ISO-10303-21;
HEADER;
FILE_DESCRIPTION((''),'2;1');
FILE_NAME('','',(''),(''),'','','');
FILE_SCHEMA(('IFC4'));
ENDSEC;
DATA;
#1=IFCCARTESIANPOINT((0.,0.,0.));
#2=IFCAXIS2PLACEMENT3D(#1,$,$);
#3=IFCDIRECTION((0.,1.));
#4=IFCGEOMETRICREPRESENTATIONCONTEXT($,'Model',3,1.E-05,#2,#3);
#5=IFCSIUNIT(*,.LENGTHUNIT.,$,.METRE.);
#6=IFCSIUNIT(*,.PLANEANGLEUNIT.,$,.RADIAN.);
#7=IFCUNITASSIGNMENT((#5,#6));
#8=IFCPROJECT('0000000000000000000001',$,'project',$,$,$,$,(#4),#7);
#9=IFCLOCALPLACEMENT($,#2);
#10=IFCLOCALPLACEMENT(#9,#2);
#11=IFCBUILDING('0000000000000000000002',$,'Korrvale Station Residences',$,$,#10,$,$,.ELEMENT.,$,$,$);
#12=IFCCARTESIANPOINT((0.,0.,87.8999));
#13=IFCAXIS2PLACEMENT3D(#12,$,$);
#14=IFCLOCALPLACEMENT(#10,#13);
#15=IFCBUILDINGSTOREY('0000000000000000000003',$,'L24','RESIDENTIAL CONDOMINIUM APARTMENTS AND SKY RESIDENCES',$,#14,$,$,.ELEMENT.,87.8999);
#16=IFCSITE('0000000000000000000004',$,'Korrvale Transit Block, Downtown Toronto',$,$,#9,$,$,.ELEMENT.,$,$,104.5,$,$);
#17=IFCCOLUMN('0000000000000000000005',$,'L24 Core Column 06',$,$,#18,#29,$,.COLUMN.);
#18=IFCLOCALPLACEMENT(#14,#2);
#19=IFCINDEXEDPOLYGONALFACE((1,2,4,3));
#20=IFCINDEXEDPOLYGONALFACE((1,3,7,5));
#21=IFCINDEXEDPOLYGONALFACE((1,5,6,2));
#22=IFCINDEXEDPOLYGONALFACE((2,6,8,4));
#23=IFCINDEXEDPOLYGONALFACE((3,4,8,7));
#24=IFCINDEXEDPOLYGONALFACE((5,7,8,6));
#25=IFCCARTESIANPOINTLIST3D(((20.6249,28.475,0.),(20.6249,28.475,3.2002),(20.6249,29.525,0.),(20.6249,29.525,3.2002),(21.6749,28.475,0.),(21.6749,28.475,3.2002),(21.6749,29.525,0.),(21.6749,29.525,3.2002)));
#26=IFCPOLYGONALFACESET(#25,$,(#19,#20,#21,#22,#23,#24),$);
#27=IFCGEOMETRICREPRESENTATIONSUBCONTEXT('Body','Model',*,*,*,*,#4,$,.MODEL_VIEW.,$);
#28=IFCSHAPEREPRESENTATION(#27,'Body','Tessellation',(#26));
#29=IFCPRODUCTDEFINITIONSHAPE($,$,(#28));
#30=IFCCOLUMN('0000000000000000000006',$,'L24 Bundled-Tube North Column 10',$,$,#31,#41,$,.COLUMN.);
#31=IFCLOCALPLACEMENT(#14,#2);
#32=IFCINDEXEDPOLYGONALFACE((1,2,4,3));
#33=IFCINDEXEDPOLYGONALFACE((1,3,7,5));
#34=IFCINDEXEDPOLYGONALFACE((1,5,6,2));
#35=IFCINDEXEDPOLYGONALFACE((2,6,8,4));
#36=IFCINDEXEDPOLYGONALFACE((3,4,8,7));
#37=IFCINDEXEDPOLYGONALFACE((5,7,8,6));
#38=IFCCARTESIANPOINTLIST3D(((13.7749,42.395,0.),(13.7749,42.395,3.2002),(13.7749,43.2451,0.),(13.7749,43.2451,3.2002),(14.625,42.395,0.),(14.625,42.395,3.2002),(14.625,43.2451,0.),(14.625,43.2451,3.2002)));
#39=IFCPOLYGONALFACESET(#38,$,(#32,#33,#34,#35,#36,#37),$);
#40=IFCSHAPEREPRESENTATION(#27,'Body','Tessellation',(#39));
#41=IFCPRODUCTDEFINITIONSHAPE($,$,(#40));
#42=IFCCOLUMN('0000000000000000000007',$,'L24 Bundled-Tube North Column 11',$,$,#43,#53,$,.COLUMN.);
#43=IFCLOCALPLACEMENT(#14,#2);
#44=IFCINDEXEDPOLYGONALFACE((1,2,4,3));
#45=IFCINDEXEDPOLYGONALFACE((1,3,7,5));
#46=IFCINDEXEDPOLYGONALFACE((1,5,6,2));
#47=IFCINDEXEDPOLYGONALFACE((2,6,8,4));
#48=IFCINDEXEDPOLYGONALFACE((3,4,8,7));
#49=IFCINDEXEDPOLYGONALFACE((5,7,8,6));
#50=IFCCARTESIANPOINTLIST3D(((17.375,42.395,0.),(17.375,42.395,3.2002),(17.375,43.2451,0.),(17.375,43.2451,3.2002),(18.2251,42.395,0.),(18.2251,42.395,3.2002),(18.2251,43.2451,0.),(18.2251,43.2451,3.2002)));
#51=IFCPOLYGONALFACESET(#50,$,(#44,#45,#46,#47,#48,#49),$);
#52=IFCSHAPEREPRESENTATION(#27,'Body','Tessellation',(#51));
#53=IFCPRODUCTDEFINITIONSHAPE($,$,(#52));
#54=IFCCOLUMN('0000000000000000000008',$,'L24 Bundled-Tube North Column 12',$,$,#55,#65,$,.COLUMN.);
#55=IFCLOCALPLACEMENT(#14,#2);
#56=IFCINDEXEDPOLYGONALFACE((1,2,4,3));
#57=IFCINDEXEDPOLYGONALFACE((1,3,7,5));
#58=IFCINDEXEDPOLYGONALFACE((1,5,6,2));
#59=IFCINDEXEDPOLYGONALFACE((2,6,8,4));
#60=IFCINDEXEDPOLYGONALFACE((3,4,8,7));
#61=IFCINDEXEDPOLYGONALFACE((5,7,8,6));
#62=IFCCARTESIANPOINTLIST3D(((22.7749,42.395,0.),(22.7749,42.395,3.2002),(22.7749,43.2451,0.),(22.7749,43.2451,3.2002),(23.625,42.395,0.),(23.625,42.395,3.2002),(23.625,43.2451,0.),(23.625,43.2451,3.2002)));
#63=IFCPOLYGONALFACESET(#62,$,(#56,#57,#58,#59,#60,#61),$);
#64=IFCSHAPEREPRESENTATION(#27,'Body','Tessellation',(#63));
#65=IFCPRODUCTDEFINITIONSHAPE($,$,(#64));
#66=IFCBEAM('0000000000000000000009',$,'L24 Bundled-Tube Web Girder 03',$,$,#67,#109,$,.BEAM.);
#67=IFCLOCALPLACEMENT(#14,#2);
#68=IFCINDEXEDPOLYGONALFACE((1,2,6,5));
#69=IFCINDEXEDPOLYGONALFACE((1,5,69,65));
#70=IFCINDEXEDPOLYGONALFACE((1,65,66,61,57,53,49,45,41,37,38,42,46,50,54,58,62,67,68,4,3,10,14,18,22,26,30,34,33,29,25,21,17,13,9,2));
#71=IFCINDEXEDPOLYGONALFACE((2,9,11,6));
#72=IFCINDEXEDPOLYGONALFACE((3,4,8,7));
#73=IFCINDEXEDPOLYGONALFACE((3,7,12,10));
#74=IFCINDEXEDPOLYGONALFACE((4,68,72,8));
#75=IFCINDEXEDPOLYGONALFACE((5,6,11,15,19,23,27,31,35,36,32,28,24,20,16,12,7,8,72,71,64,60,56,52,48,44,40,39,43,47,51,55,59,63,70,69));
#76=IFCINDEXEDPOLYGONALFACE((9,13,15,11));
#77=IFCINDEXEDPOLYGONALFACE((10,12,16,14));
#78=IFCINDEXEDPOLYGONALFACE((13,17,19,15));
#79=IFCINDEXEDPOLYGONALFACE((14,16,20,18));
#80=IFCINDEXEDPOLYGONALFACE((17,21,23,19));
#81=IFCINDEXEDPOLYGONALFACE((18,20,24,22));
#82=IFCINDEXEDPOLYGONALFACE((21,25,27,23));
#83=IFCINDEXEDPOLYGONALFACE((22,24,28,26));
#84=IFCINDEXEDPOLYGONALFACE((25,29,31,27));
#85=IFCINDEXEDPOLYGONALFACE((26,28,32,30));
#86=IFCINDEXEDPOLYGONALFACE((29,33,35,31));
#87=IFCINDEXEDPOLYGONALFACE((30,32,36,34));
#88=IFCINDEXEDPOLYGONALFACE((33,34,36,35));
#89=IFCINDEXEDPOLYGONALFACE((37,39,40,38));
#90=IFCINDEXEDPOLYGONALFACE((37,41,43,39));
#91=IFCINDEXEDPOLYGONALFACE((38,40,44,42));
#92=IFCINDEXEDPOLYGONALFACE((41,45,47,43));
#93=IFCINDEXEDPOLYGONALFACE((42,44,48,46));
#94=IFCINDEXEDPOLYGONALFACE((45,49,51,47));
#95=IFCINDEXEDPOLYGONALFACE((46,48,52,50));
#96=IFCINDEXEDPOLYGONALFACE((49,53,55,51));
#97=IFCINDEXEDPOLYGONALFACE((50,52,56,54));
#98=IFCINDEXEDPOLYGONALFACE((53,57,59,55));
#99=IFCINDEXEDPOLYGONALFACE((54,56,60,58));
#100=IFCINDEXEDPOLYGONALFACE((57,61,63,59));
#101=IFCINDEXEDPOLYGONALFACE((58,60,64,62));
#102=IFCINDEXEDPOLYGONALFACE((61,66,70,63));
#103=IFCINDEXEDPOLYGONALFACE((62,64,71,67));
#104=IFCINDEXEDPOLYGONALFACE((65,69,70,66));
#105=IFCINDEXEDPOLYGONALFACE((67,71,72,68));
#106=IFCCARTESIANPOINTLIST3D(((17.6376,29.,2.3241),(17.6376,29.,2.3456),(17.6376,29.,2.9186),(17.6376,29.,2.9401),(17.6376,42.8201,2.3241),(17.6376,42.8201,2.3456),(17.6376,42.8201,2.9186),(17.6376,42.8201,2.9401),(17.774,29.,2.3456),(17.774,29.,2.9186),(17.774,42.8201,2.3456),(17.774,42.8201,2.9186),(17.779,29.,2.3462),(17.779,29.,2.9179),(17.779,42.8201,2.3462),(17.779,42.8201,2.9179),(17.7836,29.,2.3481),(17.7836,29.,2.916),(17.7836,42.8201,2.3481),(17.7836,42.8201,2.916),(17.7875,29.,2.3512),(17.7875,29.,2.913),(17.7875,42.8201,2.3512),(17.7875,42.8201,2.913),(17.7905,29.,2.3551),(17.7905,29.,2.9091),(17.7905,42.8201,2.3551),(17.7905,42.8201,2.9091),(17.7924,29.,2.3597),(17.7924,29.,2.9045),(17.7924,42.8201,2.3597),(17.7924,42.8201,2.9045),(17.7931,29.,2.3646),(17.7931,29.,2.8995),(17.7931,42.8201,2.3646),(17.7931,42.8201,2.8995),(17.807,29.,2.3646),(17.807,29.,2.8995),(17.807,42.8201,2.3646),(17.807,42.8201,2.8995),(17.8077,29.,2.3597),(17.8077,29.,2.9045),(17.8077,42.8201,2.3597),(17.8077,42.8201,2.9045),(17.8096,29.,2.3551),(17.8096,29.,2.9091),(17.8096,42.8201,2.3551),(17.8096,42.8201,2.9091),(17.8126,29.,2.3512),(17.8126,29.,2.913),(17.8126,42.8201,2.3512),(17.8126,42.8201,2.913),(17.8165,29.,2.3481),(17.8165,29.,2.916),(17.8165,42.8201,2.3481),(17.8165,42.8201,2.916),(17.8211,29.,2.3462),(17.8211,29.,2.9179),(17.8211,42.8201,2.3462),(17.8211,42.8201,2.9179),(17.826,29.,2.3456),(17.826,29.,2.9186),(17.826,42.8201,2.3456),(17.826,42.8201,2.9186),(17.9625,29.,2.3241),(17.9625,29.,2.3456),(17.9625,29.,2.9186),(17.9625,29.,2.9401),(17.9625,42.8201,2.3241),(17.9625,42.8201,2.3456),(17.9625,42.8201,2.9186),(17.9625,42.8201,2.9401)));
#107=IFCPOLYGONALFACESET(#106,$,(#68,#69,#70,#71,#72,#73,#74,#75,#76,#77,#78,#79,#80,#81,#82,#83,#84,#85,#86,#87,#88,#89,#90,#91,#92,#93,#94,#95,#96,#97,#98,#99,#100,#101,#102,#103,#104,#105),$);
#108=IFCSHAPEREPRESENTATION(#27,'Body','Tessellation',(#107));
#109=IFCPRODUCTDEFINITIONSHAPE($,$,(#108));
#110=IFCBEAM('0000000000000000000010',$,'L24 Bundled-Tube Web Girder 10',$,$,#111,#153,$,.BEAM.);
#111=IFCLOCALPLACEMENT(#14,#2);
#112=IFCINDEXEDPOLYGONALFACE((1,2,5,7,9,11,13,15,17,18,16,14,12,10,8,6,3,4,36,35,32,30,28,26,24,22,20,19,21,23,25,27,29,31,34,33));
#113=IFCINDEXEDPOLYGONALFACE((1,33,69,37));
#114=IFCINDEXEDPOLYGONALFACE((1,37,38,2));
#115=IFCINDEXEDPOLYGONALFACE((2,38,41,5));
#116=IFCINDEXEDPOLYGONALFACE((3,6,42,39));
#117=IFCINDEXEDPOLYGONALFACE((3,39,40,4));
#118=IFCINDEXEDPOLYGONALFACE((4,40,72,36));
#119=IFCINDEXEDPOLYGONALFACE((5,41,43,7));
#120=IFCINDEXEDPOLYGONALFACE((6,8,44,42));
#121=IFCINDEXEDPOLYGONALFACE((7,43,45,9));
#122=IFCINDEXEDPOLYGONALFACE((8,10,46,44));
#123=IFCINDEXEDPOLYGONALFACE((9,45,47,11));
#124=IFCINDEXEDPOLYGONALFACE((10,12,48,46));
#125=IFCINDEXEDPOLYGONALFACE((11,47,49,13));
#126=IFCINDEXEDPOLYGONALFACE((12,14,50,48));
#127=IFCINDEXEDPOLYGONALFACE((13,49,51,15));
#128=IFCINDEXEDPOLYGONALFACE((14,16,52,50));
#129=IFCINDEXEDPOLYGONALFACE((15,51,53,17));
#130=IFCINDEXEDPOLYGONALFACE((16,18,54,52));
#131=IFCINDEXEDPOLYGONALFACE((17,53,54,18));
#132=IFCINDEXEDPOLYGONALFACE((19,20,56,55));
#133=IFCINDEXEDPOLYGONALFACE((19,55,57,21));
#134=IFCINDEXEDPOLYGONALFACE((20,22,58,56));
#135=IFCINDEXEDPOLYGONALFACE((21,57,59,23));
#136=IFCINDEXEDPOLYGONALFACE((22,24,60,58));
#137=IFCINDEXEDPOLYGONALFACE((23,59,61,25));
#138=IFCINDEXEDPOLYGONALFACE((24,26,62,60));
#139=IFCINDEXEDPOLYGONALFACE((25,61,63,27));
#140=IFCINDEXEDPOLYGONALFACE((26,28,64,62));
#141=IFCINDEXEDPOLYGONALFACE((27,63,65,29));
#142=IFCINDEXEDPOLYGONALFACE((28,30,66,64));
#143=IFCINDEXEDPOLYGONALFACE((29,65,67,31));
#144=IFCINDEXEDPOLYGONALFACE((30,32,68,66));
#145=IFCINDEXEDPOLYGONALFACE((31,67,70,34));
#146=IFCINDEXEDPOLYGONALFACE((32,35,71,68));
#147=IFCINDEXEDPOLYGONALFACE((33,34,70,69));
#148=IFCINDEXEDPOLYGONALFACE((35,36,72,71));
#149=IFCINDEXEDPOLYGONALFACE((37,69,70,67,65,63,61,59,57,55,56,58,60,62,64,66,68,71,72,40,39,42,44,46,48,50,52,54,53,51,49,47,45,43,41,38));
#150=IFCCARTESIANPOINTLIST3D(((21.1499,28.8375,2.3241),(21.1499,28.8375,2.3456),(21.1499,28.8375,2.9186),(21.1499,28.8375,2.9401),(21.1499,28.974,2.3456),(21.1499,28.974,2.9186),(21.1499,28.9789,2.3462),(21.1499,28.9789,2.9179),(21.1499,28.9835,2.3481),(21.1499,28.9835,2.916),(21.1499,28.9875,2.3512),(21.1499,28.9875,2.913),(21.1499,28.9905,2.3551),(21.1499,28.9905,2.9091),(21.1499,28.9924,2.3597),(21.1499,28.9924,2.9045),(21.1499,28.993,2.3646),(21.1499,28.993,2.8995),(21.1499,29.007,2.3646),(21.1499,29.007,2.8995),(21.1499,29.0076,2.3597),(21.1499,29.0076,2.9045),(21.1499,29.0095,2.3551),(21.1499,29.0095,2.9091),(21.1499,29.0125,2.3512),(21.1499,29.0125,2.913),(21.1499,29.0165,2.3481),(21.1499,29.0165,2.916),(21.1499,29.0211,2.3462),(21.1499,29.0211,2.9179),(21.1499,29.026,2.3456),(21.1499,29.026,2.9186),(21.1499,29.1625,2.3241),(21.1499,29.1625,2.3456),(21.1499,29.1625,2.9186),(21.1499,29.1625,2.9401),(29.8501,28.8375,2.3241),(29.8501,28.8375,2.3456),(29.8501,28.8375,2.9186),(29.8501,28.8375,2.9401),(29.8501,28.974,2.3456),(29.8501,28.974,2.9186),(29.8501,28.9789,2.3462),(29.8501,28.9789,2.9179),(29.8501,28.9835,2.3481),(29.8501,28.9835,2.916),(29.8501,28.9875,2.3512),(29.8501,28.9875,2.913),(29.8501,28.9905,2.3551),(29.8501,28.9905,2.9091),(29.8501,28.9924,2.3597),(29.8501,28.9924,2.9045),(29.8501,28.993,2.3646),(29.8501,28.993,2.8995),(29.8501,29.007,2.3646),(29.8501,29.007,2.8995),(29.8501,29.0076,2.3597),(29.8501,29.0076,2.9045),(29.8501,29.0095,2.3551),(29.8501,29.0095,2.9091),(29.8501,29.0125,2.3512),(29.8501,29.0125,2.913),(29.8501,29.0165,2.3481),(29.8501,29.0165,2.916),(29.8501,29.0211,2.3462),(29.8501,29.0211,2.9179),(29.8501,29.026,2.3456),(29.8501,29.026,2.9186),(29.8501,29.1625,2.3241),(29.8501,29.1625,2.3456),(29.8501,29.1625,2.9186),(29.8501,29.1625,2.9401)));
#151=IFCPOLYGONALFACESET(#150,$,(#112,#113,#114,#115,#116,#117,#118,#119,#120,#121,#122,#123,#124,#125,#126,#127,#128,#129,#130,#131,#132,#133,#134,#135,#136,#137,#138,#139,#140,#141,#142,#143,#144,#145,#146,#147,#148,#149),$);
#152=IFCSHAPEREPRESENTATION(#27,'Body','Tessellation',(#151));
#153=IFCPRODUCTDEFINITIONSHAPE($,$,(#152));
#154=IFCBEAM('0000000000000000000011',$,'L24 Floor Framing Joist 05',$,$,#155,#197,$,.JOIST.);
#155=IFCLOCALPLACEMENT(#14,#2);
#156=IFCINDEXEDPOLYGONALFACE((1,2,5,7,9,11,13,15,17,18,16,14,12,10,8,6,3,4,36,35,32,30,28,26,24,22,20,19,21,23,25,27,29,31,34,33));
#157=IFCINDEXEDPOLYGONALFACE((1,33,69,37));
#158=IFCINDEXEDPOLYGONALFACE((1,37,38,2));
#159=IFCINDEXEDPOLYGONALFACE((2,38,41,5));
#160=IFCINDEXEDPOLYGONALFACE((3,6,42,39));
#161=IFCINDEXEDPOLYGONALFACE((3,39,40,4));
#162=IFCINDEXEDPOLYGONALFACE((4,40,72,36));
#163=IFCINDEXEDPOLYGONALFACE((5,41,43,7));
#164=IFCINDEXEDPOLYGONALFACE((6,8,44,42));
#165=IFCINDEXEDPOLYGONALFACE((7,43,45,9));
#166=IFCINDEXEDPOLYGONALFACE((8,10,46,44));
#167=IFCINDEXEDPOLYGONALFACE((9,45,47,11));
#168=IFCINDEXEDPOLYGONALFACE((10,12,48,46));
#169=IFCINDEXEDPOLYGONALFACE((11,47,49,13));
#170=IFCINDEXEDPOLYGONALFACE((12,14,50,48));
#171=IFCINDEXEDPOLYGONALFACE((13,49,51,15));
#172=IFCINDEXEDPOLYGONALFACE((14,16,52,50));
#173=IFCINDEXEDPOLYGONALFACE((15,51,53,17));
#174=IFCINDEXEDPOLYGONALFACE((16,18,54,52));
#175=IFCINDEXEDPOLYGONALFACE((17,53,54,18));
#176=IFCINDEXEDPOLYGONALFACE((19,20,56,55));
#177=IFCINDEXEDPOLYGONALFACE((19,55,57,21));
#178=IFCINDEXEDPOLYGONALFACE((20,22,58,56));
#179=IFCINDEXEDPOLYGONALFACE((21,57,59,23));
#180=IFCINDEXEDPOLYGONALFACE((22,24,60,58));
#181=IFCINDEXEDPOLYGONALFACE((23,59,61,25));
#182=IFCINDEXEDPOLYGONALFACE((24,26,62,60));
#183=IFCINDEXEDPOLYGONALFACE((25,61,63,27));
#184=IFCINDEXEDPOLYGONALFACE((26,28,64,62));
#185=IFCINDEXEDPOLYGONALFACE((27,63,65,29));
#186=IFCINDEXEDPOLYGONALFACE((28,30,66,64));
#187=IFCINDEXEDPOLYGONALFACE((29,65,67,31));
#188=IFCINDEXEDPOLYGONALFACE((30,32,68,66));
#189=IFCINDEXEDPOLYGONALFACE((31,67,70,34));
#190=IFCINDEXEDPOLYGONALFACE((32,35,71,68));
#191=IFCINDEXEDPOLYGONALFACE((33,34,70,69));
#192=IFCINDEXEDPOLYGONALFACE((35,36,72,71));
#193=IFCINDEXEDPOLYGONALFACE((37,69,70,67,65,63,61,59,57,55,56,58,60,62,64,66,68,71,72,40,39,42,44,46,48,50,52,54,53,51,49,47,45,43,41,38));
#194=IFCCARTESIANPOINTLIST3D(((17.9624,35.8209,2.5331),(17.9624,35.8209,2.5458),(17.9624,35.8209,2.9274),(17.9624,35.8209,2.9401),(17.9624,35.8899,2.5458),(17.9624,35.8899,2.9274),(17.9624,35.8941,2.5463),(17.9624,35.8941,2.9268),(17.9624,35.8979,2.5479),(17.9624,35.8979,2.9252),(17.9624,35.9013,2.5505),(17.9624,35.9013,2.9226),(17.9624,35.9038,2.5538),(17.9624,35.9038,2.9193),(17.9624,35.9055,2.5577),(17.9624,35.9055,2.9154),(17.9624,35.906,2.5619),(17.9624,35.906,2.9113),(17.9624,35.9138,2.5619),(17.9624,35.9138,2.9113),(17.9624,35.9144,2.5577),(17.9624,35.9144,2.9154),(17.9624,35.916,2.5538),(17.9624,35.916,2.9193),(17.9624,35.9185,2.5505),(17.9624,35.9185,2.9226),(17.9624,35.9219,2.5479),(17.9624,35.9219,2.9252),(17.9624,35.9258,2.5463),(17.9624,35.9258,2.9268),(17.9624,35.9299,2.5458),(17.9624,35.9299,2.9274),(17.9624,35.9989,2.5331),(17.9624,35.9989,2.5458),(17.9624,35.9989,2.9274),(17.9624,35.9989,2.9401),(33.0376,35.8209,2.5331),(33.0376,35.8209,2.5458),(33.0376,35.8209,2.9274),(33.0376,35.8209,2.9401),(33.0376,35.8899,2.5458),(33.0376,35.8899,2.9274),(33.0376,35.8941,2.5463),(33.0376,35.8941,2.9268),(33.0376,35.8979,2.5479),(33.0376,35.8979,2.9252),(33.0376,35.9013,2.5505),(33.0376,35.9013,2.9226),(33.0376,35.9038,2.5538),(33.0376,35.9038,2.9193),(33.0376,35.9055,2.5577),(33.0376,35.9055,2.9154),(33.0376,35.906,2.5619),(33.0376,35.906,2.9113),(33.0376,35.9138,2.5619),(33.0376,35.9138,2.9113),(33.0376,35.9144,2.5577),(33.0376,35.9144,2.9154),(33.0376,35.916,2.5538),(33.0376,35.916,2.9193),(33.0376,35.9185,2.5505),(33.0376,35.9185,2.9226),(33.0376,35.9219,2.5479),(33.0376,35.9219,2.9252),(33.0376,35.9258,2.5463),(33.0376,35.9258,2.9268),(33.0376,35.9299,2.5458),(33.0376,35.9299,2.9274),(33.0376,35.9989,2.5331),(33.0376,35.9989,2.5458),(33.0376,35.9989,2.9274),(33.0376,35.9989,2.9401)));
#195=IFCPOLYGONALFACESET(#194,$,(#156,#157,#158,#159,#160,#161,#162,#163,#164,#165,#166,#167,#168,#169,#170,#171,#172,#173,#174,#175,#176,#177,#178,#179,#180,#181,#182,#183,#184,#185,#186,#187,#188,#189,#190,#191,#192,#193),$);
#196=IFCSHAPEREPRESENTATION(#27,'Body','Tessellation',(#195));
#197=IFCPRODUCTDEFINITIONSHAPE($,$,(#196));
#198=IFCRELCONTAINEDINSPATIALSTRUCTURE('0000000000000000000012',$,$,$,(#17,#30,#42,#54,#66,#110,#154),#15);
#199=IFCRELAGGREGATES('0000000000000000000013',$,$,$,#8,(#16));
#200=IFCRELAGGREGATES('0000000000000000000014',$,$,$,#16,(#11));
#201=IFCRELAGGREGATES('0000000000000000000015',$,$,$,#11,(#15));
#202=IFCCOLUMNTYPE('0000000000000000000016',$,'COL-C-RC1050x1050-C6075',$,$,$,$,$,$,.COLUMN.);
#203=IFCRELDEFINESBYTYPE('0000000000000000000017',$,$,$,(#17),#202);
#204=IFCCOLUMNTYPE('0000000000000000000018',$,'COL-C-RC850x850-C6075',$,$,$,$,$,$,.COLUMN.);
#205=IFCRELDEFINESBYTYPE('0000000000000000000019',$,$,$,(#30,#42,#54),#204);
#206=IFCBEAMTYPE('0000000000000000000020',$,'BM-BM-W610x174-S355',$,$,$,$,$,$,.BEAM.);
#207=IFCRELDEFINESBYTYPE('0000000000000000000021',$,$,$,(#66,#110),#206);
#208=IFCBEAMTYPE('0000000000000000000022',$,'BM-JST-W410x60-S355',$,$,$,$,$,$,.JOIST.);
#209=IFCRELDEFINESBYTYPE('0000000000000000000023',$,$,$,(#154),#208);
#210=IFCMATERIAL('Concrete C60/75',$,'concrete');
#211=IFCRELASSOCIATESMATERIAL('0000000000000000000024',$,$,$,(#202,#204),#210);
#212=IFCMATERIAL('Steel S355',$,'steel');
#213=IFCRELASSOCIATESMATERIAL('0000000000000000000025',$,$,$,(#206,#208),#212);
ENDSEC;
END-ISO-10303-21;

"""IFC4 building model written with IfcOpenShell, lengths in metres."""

from ifc_helpers import new_model, si_unit, direction, frame, origin, origin_2d, place, context, subcontext, project, spatial, rectangle, i_section, extrude, material, material_profile, profile_set, type_object, element, save


model = new_model("IFC4")

# Units and contexts
model_context = context("Model", 3, precision=1e-05, world=origin(), true_north=direction((0.0, 1.0)))
body_context = subcontext(model_context, "Body", "Model", "MODEL_VIEW")
ifc_project = project(units=[si_unit("LENGTHUNIT", "METRE"), si_unit("PLANEANGLEUNIT", "RADIAN")], contexts=[model_context])

# Site, building, storey
site_placement = place(None, origin())
site = spatial("IfcSite", under=ifc_project, at=site_placement, Name="Korrvale Transit Block, Downtown Toronto", CompositionType="ELEMENT", RefElevation=104.5)
building_placement = place(site_placement, origin())
building = spatial("IfcBuilding", under=site, at=building_placement, Name="Korrvale Station Residences", CompositionType="ELEMENT")
storey_placement = place(building_placement, frame((0.0, 0.0, 87.8999)))
storey = spatial("IfcBuildingStorey", under=building, at=storey_placement, Name="L24", Description="RESIDENTIAL CONDOMINIUM APARTMENTS AND SKY RESIDENCES", CompositionType="ELEMENT", Elevation=87.8999)

# Columns
ifc_material_1 = material(Name="Concrete C60/75", Category="concrete")
ifc_material_profile_1 = material_profile(ifc_material_1, rectangle(XDim=1.05, YDim=1.05, at=origin_2d()), Name="RC1050x1050")
ifc_profile_set_1 = profile_set([ifc_material_profile_1], Name="Concrete C60/75")
column_type_1 = type_object("IfcColumnType", Name="COL-C-RC1050x1050-C6075", PredefinedType="COLUMN", material=ifc_profile_set_1)
column_placement = place(storey_placement, frame((21.1499, 29.0, 0.0), z_axis=(0.0, 0.0, 1.0), x_axis=(1.0, 0.0, 0.0)))
element("IfcColumn", 1, at=column_placement, inside=storey, type_object=column_type_1, Name="L24 Core Column 06", PredefinedType="COLUMN", context=body_context, shape_type="SweptSolid", body=[
    extrude(rectangle(XDim=1.05, YDim=1.05, at=origin_2d()), origin(), (0.0, 0.0, 1.0), 3.2002),
])
ifc_material_profile_2 = material_profile(ifc_material_1, rectangle(XDim=0.8501, YDim=0.8501, at=origin_2d()), Name="RC850x850")
ifc_profile_set_2 = profile_set([ifc_material_profile_2], Name="Concrete C60/75")
column_type_2 = type_object("IfcColumnType", Name="COL-C-RC850x850-C6075", PredefinedType="COLUMN", material=ifc_profile_set_2)
for number, where, z_axis, x_axis, name in (
    (2, (14.2, 42.8201, 0.0), (0.0, 0.0, 1.0), (1.0, 0.0, 0.0), "L24 Bundled-Tube North Column 10"),
    (3, (17.8, 42.8201, 0.0), (0.0, 0.0, 1.0), (1.0, 0.0, 0.0), "L24 Bundled-Tube North Column 11"),
    (4, (23.2, 42.8201, 0.0), (0.0, 0.0, 1.0), (1.0, 0.0, 0.0), "L24 Bundled-Tube North Column 12"),
):
    element("IfcColumn", number, at=place(storey_placement, frame(where, z_axis=z_axis, x_axis=x_axis)), inside=storey, type_object=column_type_2, Name=name, PredefinedType="COLUMN", context=body_context, shape_type="SweptSolid", body=[
        extrude(rectangle(XDim=0.8501, YDim=0.8501, at=origin_2d()), origin(), (0.0, 0.0, 1.0), 3.2002),
    ])

# Beams
ifc_material_2 = material(Name="Steel S355", Category="steel")
ifc_material_profile_3 = material_profile(ifc_material_2, i_section(OverallWidth=0.325, OverallDepth=0.616, WebThickness=0.0139, FlangeThickness=0.0215, FilletRadius=0.019, at=origin_2d()), Name="W610x174")
ifc_profile_set_3 = profile_set([ifc_material_profile_3], Name="Steel S355")
beam_type_1 = type_object("IfcBeamType", Name="BM-BM-W610x174-S355", PredefinedType="BEAM", material=ifc_profile_set_3)
beam_1_placement = place(storey_placement, frame((17.8, 29.0, 2.6321), z_axis=(0.0, 1.0, 0.0), x_axis=(-1.0, 0.0, 0.0)))
element("IfcBeam", 5, at=beam_1_placement, inside=storey, type_object=beam_type_1, Name="L24 Bundled-Tube Web Girder 03", PredefinedType="BEAM", context=body_context, shape_type="SweptSolid", body=[
    extrude(i_section(OverallWidth=0.325, OverallDepth=0.616, WebThickness=0.0139, FlangeThickness=0.0215, FilletRadius=0.019, at=origin_2d()), origin(), (0.0, 0.0, 1.0), 13.8201),
])
beam_2_placement = place(storey_placement, frame((21.1499, 29.0, 2.6321), z_axis=(1.0, 0.0, 0.0), x_axis=(0.0, 1.0, 0.0)))
element("IfcBeam", 6, at=beam_2_placement, inside=storey, type_object=beam_type_1, Name="L24 Bundled-Tube Web Girder 10", PredefinedType="BEAM", context=body_context, shape_type="SweptSolid", body=[
    extrude(i_section(OverallWidth=0.325, OverallDepth=0.616, WebThickness=0.0139, FlangeThickness=0.0215, FilletRadius=0.019, at=origin_2d()), origin(), (0.0, 0.0, 1.0), 8.7002),
])
ifc_material_profile_4 = material_profile(ifc_material_2, i_section(OverallWidth=0.178, OverallDepth=0.407, WebThickness=0.0078, FlangeThickness=0.0127, FilletRadius=0.0161, at=origin_2d()), Name="W410x60")
ifc_profile_set_4 = profile_set([ifc_material_profile_4], Name="Steel S355")
beam_type_2 = type_object("IfcBeamType", Name="BM-JST-W410x60-S355", PredefinedType="JOIST", material=ifc_profile_set_4)
beam_3_placement = place(storey_placement, frame((17.9624, 35.9099, 2.7366), z_axis=(1.0, 0.0, 0.0), x_axis=(0.0, 1.0, 0.0)))
element("IfcBeam", 7, at=beam_3_placement, inside=storey, type_object=beam_type_2, Name="L24 Floor Framing Joist 05", PredefinedType="JOIST", context=body_context, shape_type="SweptSolid", body=[
    extrude(i_section(OverallWidth=0.178, OverallDepth=0.407, WebThickness=0.0078, FlangeThickness=0.0127, FilletRadius=0.0161, at=origin_2d()), origin(), (0.0, 0.0, 1.0), 15.0752),
])

save(model, "model.ifc")
